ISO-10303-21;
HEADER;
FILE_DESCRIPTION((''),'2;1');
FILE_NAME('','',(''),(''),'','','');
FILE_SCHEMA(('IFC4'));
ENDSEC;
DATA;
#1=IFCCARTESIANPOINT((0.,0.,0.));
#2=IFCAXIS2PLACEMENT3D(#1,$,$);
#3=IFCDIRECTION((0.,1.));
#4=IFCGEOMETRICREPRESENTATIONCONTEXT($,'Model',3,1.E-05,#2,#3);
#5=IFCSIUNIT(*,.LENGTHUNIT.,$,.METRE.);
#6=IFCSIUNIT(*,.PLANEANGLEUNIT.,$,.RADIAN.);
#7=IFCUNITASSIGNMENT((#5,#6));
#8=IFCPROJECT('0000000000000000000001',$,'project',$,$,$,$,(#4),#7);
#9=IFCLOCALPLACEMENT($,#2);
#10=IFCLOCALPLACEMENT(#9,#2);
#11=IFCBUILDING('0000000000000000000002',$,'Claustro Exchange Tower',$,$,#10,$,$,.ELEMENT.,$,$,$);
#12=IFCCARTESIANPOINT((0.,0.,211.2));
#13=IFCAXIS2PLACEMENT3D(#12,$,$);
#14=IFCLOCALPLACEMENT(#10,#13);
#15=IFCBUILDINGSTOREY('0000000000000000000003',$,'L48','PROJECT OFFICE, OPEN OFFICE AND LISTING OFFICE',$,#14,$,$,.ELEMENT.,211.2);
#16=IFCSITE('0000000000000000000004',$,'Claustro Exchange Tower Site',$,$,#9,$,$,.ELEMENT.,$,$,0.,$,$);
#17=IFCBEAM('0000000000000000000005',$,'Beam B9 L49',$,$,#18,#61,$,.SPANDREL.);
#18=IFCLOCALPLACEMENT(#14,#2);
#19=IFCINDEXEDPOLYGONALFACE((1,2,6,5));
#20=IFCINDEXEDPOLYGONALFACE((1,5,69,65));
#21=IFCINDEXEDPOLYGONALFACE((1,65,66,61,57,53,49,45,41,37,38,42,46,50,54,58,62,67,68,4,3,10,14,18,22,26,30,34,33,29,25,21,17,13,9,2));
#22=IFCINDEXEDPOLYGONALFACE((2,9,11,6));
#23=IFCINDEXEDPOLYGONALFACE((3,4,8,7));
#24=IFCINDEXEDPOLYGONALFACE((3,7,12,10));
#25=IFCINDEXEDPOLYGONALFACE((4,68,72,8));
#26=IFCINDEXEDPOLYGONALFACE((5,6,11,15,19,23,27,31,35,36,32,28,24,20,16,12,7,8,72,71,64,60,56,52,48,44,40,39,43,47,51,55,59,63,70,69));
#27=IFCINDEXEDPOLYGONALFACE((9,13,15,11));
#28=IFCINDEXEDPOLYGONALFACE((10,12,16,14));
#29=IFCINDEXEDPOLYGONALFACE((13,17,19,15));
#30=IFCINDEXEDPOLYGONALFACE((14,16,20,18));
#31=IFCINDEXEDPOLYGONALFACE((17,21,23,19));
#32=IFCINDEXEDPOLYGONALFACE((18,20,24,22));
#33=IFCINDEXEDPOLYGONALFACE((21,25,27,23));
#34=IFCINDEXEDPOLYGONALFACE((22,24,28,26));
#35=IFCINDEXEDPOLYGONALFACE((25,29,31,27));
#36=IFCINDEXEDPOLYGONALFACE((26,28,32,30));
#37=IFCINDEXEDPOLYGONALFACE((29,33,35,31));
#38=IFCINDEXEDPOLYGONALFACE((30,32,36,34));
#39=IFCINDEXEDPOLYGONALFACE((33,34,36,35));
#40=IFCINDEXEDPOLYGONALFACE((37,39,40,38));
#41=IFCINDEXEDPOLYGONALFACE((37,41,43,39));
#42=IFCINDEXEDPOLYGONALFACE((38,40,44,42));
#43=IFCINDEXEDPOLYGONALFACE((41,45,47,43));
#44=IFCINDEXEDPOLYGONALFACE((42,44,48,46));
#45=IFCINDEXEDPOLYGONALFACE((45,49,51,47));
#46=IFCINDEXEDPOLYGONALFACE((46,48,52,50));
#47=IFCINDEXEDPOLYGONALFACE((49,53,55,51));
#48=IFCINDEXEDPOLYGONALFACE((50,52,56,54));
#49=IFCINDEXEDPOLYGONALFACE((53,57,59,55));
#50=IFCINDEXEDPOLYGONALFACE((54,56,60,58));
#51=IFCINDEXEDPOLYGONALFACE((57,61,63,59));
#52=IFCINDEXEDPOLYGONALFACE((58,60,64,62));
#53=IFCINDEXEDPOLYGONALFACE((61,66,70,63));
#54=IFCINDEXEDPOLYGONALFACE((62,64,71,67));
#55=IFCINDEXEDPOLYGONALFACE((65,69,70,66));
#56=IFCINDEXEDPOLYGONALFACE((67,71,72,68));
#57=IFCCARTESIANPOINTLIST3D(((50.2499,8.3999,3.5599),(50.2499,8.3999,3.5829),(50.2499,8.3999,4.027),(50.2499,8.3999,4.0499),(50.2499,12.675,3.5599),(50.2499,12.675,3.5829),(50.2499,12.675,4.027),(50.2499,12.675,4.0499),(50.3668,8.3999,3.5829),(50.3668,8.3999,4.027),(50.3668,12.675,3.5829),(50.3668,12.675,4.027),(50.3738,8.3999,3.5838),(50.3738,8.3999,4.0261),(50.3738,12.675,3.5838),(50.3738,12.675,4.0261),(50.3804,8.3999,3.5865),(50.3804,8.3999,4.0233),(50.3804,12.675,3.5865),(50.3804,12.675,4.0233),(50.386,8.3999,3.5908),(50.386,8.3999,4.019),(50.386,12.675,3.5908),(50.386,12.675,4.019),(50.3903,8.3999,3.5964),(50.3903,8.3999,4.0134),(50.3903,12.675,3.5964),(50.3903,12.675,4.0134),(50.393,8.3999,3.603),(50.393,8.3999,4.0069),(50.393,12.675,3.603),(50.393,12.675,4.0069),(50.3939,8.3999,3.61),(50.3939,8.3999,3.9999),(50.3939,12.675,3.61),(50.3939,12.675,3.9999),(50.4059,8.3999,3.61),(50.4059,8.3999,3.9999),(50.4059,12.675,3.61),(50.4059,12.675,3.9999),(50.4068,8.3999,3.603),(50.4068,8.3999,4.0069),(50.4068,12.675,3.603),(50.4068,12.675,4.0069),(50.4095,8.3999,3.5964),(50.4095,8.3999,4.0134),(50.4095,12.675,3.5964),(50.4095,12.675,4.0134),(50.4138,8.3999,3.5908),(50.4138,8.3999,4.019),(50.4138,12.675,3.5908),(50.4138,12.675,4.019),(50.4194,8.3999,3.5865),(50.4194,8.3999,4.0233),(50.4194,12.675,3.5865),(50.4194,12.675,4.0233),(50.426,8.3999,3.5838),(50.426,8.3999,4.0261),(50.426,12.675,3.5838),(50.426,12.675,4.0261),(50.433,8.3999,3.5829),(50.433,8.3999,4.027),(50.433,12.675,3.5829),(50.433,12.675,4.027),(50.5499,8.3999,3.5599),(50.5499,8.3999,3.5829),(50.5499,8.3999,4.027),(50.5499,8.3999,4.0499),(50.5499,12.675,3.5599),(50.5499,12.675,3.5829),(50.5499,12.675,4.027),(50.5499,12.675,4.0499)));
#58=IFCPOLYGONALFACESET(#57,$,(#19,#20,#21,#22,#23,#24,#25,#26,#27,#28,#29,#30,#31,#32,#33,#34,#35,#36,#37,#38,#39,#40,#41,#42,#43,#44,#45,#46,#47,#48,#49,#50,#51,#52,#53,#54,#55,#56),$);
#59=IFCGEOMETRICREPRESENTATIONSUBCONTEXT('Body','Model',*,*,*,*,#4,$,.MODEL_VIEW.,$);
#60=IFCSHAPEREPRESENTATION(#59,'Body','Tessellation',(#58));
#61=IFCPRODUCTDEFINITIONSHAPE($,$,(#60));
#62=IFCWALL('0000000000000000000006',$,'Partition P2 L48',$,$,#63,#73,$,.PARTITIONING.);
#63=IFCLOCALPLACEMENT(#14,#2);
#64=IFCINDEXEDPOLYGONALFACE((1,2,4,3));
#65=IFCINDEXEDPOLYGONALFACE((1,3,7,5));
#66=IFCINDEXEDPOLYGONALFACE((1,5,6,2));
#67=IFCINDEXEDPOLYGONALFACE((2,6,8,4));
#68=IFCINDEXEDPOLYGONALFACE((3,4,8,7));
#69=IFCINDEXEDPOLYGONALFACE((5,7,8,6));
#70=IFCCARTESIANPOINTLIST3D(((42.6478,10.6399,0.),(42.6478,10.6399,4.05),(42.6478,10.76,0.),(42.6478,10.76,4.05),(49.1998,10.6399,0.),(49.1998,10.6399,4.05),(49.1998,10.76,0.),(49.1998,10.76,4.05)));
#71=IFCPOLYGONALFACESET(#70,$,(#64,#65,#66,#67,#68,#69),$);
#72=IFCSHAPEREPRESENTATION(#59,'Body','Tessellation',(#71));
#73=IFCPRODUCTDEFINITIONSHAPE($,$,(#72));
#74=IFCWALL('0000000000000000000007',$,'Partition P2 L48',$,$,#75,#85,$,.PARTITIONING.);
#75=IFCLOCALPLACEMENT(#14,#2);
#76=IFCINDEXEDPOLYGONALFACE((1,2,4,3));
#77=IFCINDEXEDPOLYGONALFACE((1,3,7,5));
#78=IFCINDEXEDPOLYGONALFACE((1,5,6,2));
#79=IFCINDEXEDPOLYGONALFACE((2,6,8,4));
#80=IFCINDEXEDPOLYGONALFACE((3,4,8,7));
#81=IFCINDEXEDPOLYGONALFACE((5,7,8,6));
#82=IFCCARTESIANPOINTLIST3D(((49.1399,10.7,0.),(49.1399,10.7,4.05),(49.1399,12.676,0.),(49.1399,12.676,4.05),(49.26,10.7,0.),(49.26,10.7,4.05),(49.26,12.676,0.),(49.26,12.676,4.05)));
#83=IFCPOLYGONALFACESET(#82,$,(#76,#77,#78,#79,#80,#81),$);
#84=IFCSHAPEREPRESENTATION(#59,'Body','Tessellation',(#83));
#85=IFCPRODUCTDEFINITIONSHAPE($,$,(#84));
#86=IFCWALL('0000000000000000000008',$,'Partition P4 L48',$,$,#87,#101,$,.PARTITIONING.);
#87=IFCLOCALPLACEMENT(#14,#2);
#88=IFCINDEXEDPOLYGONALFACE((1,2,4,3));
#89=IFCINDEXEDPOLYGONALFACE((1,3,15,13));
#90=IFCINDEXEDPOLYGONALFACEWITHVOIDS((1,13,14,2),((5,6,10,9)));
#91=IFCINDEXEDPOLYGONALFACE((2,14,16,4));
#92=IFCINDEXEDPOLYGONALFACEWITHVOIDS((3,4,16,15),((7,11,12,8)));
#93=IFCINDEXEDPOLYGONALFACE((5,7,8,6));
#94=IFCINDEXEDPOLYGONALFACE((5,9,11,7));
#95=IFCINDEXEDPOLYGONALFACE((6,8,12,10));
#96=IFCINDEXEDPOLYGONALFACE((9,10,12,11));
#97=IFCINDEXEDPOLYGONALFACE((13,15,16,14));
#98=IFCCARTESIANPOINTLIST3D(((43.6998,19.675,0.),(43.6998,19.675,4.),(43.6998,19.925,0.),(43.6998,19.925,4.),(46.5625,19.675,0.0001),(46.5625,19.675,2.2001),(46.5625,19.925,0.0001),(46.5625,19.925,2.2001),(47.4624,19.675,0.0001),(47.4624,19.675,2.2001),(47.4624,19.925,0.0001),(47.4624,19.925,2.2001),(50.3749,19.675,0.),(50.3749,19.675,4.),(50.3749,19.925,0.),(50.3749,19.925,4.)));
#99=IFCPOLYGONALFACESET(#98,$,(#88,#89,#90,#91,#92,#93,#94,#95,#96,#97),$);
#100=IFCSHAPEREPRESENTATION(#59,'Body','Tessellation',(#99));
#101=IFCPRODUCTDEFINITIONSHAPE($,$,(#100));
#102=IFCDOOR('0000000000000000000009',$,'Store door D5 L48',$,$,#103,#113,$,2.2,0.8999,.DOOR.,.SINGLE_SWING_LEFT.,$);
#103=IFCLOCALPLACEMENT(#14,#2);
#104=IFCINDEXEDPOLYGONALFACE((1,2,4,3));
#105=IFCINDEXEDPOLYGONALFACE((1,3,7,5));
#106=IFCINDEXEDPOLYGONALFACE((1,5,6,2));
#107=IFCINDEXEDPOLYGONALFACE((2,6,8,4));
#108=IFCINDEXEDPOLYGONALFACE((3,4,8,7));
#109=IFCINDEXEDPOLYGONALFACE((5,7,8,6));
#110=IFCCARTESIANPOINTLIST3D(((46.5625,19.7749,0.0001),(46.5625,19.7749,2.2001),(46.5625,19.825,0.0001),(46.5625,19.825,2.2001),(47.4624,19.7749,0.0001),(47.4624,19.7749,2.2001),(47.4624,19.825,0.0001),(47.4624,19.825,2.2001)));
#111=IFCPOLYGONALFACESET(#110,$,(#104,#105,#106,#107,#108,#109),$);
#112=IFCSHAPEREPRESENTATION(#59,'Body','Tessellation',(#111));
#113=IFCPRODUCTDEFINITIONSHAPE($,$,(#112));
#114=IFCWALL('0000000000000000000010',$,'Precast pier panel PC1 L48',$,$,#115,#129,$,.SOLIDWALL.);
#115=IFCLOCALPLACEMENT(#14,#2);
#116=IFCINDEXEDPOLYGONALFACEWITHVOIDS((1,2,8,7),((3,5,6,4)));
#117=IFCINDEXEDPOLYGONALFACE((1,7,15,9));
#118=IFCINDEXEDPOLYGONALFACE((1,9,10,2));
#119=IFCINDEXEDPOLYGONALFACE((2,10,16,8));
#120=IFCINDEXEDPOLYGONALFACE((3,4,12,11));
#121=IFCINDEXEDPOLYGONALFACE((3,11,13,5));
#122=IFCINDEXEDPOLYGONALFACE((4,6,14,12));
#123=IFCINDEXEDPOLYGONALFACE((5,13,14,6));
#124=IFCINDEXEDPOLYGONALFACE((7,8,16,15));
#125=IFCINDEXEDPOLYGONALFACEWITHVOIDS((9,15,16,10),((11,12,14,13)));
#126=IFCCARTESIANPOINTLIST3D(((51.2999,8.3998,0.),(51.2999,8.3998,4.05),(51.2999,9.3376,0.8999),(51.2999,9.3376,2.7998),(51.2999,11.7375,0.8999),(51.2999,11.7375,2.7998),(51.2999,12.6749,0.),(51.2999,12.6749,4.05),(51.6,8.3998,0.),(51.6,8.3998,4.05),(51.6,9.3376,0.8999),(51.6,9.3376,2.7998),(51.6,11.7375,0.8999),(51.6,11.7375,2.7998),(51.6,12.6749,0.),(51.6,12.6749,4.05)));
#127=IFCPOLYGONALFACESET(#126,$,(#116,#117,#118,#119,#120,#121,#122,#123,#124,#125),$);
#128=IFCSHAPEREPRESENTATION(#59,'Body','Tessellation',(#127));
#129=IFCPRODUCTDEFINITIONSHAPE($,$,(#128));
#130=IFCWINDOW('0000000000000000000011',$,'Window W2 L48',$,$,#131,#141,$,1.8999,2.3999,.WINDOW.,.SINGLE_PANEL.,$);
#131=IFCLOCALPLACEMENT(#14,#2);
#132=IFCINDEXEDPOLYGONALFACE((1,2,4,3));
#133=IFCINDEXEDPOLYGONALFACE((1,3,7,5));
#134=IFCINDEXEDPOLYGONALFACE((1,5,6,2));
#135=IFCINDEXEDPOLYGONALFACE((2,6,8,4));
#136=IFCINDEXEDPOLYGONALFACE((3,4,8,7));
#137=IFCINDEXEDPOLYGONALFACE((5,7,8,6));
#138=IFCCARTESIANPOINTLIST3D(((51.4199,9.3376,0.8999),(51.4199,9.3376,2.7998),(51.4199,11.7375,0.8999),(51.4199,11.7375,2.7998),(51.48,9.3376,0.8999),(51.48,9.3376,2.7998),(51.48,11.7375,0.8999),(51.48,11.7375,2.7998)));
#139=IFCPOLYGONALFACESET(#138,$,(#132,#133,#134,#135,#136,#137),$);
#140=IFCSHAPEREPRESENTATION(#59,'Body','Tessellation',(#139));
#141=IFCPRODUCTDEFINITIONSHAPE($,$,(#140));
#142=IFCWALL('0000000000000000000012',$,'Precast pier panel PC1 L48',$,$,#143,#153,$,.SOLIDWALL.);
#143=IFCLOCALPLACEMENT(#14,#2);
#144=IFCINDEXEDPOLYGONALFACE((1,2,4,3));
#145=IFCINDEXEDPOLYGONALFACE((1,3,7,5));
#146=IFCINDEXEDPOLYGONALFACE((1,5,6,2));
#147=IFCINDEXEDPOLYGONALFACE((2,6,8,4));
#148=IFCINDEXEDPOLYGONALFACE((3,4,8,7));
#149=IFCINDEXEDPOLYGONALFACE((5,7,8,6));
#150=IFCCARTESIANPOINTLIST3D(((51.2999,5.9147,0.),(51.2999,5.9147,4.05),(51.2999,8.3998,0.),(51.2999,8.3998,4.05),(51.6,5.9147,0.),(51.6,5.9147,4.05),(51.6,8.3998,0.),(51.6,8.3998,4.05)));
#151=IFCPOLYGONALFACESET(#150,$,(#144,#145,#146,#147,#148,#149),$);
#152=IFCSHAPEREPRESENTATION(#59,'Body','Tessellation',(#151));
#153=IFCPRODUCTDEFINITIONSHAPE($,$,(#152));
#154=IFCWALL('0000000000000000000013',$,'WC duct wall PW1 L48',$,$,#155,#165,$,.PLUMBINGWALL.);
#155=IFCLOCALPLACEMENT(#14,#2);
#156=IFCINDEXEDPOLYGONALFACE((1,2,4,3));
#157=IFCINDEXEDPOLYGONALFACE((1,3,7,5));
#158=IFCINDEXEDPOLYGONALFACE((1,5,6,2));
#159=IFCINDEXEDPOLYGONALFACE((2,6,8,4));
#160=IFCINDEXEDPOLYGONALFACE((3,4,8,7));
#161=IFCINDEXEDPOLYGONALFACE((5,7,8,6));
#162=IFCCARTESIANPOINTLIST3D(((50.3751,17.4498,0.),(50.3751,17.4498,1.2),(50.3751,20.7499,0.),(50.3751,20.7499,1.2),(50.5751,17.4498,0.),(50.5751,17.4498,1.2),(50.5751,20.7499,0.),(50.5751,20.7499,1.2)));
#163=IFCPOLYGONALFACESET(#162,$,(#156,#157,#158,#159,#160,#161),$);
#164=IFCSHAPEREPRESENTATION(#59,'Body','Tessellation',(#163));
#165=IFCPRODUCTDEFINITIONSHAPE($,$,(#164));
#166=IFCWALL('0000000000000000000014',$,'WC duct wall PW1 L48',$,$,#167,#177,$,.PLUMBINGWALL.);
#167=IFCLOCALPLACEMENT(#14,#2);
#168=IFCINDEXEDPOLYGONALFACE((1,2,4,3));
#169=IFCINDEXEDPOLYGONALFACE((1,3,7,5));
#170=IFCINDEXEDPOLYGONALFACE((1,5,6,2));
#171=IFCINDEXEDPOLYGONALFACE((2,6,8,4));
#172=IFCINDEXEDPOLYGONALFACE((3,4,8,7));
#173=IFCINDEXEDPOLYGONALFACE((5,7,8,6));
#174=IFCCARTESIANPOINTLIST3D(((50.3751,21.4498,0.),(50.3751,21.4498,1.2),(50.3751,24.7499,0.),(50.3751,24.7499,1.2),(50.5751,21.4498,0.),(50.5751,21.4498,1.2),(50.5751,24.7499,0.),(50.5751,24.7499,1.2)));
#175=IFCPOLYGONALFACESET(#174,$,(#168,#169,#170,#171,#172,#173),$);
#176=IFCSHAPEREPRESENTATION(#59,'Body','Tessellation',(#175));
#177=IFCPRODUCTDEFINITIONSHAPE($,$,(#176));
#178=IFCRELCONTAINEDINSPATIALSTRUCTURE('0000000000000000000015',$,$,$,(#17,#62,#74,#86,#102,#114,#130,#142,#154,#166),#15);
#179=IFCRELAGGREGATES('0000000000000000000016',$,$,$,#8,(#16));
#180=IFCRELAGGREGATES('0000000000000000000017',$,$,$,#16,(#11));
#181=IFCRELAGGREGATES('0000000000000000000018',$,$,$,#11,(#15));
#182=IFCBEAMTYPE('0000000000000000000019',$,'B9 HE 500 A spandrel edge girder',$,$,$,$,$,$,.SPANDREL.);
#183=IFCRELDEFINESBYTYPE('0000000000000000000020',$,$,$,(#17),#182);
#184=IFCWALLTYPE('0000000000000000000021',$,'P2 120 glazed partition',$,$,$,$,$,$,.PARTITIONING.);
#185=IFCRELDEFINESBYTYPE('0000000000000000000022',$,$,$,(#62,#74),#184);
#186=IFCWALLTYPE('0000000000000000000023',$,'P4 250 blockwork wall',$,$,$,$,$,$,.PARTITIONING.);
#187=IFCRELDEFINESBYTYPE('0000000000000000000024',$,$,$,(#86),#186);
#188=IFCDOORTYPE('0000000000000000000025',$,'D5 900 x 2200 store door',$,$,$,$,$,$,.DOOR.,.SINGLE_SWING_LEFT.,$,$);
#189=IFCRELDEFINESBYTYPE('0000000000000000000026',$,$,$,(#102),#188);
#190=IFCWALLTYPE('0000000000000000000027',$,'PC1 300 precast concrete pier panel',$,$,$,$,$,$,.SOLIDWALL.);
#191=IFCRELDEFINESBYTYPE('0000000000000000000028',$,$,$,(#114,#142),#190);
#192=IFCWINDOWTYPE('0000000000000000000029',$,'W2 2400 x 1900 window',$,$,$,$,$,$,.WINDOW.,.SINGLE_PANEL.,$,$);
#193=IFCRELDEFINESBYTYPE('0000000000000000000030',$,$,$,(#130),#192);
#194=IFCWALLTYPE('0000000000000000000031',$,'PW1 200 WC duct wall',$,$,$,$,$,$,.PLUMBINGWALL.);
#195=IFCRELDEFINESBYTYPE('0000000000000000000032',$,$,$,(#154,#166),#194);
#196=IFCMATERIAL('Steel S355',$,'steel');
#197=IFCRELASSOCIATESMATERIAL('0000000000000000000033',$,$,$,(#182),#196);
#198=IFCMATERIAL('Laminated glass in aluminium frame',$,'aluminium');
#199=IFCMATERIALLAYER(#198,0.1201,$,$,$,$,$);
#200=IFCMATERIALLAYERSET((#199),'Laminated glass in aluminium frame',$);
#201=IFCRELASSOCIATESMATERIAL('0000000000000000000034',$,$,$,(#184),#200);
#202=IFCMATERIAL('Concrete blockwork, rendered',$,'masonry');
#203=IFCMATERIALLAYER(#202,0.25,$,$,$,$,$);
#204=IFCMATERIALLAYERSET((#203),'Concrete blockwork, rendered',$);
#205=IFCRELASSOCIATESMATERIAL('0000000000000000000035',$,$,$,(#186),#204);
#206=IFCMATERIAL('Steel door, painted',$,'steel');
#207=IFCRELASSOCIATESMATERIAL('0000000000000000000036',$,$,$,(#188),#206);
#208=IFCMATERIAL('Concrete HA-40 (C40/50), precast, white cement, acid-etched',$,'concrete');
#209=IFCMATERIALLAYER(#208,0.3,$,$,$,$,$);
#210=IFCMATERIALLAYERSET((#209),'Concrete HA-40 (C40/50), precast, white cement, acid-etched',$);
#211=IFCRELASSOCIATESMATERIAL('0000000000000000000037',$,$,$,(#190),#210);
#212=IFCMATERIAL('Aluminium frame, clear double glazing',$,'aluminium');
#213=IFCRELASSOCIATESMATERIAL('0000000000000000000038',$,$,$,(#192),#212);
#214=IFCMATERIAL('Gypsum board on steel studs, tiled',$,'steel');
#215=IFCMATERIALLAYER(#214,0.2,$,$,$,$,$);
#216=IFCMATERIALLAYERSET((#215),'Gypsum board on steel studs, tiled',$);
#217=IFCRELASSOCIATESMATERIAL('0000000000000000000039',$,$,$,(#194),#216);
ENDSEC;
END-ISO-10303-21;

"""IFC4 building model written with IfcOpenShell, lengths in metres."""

from ifc_helpers import new_model, si_unit, direction, frame, frame_2d, origin, origin_2d, place, context, subcontext, project, spatial, rectangle, i_section, extrude, material, layer, layer_set, material_profile, profile_set, type_object, element, fill, save


model = new_model("IFC4")

# Units and contexts
model_context = context("Model", 3, precision=1e-05, world=origin(), true_north=direction((0.0, 1.0)))
body_context = subcontext(model_context, "Body", "Model", "MODEL_VIEW")
ifc_project = project(units=[si_unit("LENGTHUNIT", "METRE"), si_unit("PLANEANGLEUNIT", "RADIAN")], contexts=[model_context])

# Site, building, storey
site_placement = place(None, origin())
site = spatial("IfcSite", under=ifc_project, at=site_placement, Name="Claustro Exchange Tower Site", CompositionType="ELEMENT", RefElevation=0.0)
building_placement = place(site_placement, origin())
building = spatial("IfcBuilding", under=site, at=building_placement, Name="Claustro Exchange Tower", CompositionType="ELEMENT")
storey_placement = place(building_placement, frame((0.0, 0.0, 211.2)))
storey = spatial("IfcBuildingStorey", under=building, at=storey_placement, Name="L48", Description="PROJECT OFFICE, OPEN OFFICE AND LISTING OFFICE", CompositionType="ELEMENT", Elevation=211.2)

# Beam
ifc_material_1 = material(Name="Steel S355", Category="steel")
ifc_material_profile = material_profile(ifc_material_1, i_section(OverallWidth=0.3, OverallDepth=0.49, WebThickness=0.012, FlangeThickness=0.0229, FilletRadius=0.0271, at=origin_2d()), Name="HE 500 A")
ifc_profile_set = profile_set([ifc_material_profile], Name="Steel S355")
beam_type = type_object("IfcBeamType", Name="B9 HE 500 A spandrel edge girder", PredefinedType="SPANDREL", material=ifc_profile_set)
beam_placement = place(storey_placement, frame((50.3999, 8.3999, 3.8049), z_axis=(0.0, 1.0, 0.0), x_axis=(-1.0, 0.0, 0.0)))
element("IfcBeam", 1, at=beam_placement, inside=storey, type_object=beam_type, Name="Beam B9 L49", PredefinedType="SPANDREL", context=body_context, shape_type="SweptSolid", body=[
    extrude(i_section(OverallWidth=0.3, OverallDepth=0.49, WebThickness=0.012, FlangeThickness=0.0229, FilletRadius=0.0271, at=origin_2d()), origin(), (0.0, 0.0, 1.0), 4.2751),
])

# Shared definitions
ifc_material_2 = material(Name="Laminated glass in aluminium frame", Category="aluminium")
ifc_layer_1 = layer(ifc_material_2, 0.1201)
ifc_layer_set_1 = layer_set([ifc_layer_1], Name="Laminated glass in aluminium frame")
wall_type_1 = type_object("IfcWallType", Name="P2 120 glazed partition", PredefinedType="PARTITIONING", material=ifc_layer_set_1)

# Walls
wall_1_placement = place(storey_placement, frame((42.6479, 10.7, 0.0), z_axis=(0.0, 0.0, 1.0), x_axis=(1.0, 0.0, 0.0)))
element("IfcWall", 2, at=wall_1_placement, inside=storey, type_object=wall_type_1, Name="Partition P2 L48", PredefinedType="PARTITIONING", context=body_context, shape_type="SweptSolid", body=[
    extrude(rectangle(XDim=6.552, YDim=0.1201, at=frame_2d((3.2759, 0.0))), origin(), (0.0, 0.0, 1.0), 4.05),
])
wall_2_placement = place(storey_placement, frame((49.2, 10.7, 0.0), z_axis=(0.0, 0.0, 1.0), x_axis=(0.0, 1.0, 0.0)))
element("IfcWall", 3, at=wall_2_placement, inside=storey, type_object=wall_type_1, Name="Partition P2 L48", PredefinedType="PARTITIONING", context=body_context, shape_type="SweptSolid", body=[
    extrude(rectangle(XDim=1.9761, YDim=0.1201, at=frame_2d((0.988, 0.0))), origin(), (0.0, 0.0, 1.0), 4.05),
])

# Wall, opening, door
ifc_material_3 = material(Name="Concrete blockwork, rendered", Category="masonry")
ifc_layer_2 = layer(ifc_material_3, 0.25)
ifc_layer_set_2 = layer_set([ifc_layer_2], Name="Concrete blockwork, rendered")
wall_type_2 = type_object("IfcWallType", Name="P4 250 blockwork wall", PredefinedType="PARTITIONING", material=ifc_layer_set_2)
wall_3_placement = place(storey_placement, frame((43.7, 19.8, 0.0), z_axis=(0.0, 0.0, 1.0), x_axis=(1.0, 0.0, 0.0)))
wall_3 = element("IfcWall", 4, at=wall_3_placement, inside=storey, type_object=wall_type_2, Name="Partition P4 L48", PredefinedType="PARTITIONING", context=body_context, shape_type="SweptSolid", body=[
    extrude(rectangle(XDim=6.675, YDim=0.25, at=frame_2d((3.3374, 0.0))), origin(), (0.0, 0.0, 1.0), 4.0),
])
opening_1_placement = place(wall_3_placement, frame((2.8625, 0.0, 0.0)))
opening_1 = element("IfcOpeningElement", 5, at=opening_1_placement, cuts=wall_3, PredefinedType="OPENING", context=body_context, shape_type="SweptSolid", body=[
    extrude(rectangle(XDim=0.8999, YDim=2.2, at=frame_2d((0.45, 1.1001))), frame((0.0, 0.135, 0.0), z_axis=(0.0, -1.0, 0.0), x_axis=(1.0, 0.0, 0.0)), (0.0, 0.0, 1.0), 0.27),
])
ifc_material_4 = material(Name="Steel door, painted", Category="steel")
door_type_1 = type_object("IfcDoorType", Name="D5 900 x 2200 store door", OperationType="SINGLE_SWING_LEFT", PredefinedType="DOOR", material=ifc_material_4)
door_1_placement = place(opening_1_placement, origin())
door_1 = element("IfcDoor", 6, at=door_1_placement, inside=storey, type_object=door_type_1, Name="Store door D5 L48", OperationType="SINGLE_SWING_LEFT", OverallHeight=2.2, OverallWidth=0.8999, PredefinedType="DOOR", context=body_context, shape_type="SweptSolid", body=[
    extrude(rectangle(XDim=0.8999, YDim=2.2, at=frame_2d((0.45, 1.1001))), frame((0.0, 0.0249, 0.0), z_axis=(0.0, -1.0, 0.0), x_axis=(1.0, 0.0, 0.0)), (0.0, 0.0, 1.0), 0.05),
])
fill(opening_1, door_1)

# Wall, opening, window
ifc_material_5 = material(Name="Concrete HA-40 (C40/50), precast, white cement, acid-etched", Category="concrete")
ifc_layer_3 = layer(ifc_material_5, 0.3)
ifc_layer_set_3 = layer_set([ifc_layer_3], Name="Concrete HA-40 (C40/50), precast, white cement, acid-etched")
wall_type_3 = type_object("IfcWallType", Name="PC1 300 precast concrete pier panel", PredefinedType="SOLIDWALL", material=ifc_layer_set_3)
wall_4_placement = place(storey_placement, frame((51.45, 12.675, 0.0), z_axis=(0.0, 0.0, 1.0), x_axis=(0.0, -1.0, 0.0)))
wall_4 = element("IfcWall", 7, at=wall_4_placement, inside=storey, type_object=wall_type_3, Name="Precast pier panel PC1 L48", PredefinedType="SOLIDWALL", context=body_context, shape_type="SweptSolid", body=[
    extrude(rectangle(XDim=4.2751, YDim=0.3, at=frame_2d((2.1377, 0.0))), origin(), (0.0, 0.0, 1.0), 4.05),
])
opening_2_placement = place(wall_4_placement, frame((0.9375, 0.0, 0.8999)))
opening_2 = element("IfcOpeningElement", 8, at=opening_2_placement, cuts=wall_4, PredefinedType="OPENING", context=body_context, shape_type="SweptSolid", body=[
    extrude(rectangle(XDim=2.3999, YDim=1.8999, at=frame_2d((1.2, 0.95))), frame((0.0, 0.1599, 0.0), z_axis=(0.0, -1.0, 0.0), x_axis=(1.0, 0.0, 0.0)), (0.0, 0.0, 1.0), 0.3201),
])
ifc_material_6 = material(Name="Aluminium frame, clear double glazing", Category="aluminium")
window_type = type_object("IfcWindowType", Name="W2 2400 x 1900 window", PartitioningType="SINGLE_PANEL", PredefinedType="WINDOW", material=ifc_material_6)
window_placement = place(opening_2_placement, origin())
window = element("IfcWindow", 9, at=window_placement, inside=storey, type_object=window_type, Name="Window W2 L48", OverallHeight=1.8999, OverallWidth=2.3999, PartitioningType="SINGLE_PANEL", PredefinedType="WINDOW", context=body_context, shape_type="SweptSolid", body=[
    extrude(rectangle(XDim=2.3999, YDim=1.8999, at=frame_2d((1.2, 0.95))), frame((0.0, 0.03, 0.0), z_axis=(0.0, -1.0, 0.0), x_axis=(1.0, 0.0, 0.0)), (0.0, 0.0, 1.0), 0.0601),
])
fill(opening_2, window)

# Walls
wall_5_placement = place(storey_placement, frame((51.45, 8.3999, 0.0), z_axis=(0.0, 0.0, 1.0), x_axis=(0.0, -1.0, 0.0)))
element("IfcWall", 10, at=wall_5_placement, inside=storey, type_object=wall_type_3, Name="Precast pier panel PC1 L48", PredefinedType="SOLIDWALL", context=body_context, shape_type="SweptSolid", body=[
    extrude(rectangle(XDim=2.4851, YDim=0.3, at=frame_2d((1.2427, 0.0))), origin(), (0.0, 0.0, 1.0), 4.05),
])
ifc_material_7 = material(Name="Gypsum board on steel studs, tiled", Category="steel")
ifc_layer_4 = layer(ifc_material_7, 0.2)
ifc_layer_set_4 = layer_set([ifc_layer_4], Name="Gypsum board on steel studs, tiled")
wall_type_4 = type_object("IfcWallType", Name="PW1 200 WC duct wall", PredefinedType="PLUMBINGWALL", material=ifc_layer_set_4)
for number, where, z_axis, x_axis, name in (
    (11, (50.4751, 17.45, 0.0), (0.0, 0.0, 1.0), (0.0, 1.0, 0.0), "WC duct wall PW1 L48"),
    (12, (50.4751, 21.45, 0.0), (0.0, 0.0, 1.0), (0.0, 1.0, 0.0), "WC duct wall PW1 L48"),
):
    element("IfcWall", number, at=place(storey_placement, frame(where, z_axis=z_axis, x_axis=x_axis)), inside=storey, type_object=wall_type_4, Name=name, PredefinedType="PLUMBINGWALL", context=body_context, shape_type="SweptSolid", body=[
        extrude(rectangle(XDim=3.3, YDim=0.2, at=frame_2d((1.6499, 0.0))), origin(), (0.0, 0.0, 1.0), 1.2),
    ])

save(model, "model.ifc")
